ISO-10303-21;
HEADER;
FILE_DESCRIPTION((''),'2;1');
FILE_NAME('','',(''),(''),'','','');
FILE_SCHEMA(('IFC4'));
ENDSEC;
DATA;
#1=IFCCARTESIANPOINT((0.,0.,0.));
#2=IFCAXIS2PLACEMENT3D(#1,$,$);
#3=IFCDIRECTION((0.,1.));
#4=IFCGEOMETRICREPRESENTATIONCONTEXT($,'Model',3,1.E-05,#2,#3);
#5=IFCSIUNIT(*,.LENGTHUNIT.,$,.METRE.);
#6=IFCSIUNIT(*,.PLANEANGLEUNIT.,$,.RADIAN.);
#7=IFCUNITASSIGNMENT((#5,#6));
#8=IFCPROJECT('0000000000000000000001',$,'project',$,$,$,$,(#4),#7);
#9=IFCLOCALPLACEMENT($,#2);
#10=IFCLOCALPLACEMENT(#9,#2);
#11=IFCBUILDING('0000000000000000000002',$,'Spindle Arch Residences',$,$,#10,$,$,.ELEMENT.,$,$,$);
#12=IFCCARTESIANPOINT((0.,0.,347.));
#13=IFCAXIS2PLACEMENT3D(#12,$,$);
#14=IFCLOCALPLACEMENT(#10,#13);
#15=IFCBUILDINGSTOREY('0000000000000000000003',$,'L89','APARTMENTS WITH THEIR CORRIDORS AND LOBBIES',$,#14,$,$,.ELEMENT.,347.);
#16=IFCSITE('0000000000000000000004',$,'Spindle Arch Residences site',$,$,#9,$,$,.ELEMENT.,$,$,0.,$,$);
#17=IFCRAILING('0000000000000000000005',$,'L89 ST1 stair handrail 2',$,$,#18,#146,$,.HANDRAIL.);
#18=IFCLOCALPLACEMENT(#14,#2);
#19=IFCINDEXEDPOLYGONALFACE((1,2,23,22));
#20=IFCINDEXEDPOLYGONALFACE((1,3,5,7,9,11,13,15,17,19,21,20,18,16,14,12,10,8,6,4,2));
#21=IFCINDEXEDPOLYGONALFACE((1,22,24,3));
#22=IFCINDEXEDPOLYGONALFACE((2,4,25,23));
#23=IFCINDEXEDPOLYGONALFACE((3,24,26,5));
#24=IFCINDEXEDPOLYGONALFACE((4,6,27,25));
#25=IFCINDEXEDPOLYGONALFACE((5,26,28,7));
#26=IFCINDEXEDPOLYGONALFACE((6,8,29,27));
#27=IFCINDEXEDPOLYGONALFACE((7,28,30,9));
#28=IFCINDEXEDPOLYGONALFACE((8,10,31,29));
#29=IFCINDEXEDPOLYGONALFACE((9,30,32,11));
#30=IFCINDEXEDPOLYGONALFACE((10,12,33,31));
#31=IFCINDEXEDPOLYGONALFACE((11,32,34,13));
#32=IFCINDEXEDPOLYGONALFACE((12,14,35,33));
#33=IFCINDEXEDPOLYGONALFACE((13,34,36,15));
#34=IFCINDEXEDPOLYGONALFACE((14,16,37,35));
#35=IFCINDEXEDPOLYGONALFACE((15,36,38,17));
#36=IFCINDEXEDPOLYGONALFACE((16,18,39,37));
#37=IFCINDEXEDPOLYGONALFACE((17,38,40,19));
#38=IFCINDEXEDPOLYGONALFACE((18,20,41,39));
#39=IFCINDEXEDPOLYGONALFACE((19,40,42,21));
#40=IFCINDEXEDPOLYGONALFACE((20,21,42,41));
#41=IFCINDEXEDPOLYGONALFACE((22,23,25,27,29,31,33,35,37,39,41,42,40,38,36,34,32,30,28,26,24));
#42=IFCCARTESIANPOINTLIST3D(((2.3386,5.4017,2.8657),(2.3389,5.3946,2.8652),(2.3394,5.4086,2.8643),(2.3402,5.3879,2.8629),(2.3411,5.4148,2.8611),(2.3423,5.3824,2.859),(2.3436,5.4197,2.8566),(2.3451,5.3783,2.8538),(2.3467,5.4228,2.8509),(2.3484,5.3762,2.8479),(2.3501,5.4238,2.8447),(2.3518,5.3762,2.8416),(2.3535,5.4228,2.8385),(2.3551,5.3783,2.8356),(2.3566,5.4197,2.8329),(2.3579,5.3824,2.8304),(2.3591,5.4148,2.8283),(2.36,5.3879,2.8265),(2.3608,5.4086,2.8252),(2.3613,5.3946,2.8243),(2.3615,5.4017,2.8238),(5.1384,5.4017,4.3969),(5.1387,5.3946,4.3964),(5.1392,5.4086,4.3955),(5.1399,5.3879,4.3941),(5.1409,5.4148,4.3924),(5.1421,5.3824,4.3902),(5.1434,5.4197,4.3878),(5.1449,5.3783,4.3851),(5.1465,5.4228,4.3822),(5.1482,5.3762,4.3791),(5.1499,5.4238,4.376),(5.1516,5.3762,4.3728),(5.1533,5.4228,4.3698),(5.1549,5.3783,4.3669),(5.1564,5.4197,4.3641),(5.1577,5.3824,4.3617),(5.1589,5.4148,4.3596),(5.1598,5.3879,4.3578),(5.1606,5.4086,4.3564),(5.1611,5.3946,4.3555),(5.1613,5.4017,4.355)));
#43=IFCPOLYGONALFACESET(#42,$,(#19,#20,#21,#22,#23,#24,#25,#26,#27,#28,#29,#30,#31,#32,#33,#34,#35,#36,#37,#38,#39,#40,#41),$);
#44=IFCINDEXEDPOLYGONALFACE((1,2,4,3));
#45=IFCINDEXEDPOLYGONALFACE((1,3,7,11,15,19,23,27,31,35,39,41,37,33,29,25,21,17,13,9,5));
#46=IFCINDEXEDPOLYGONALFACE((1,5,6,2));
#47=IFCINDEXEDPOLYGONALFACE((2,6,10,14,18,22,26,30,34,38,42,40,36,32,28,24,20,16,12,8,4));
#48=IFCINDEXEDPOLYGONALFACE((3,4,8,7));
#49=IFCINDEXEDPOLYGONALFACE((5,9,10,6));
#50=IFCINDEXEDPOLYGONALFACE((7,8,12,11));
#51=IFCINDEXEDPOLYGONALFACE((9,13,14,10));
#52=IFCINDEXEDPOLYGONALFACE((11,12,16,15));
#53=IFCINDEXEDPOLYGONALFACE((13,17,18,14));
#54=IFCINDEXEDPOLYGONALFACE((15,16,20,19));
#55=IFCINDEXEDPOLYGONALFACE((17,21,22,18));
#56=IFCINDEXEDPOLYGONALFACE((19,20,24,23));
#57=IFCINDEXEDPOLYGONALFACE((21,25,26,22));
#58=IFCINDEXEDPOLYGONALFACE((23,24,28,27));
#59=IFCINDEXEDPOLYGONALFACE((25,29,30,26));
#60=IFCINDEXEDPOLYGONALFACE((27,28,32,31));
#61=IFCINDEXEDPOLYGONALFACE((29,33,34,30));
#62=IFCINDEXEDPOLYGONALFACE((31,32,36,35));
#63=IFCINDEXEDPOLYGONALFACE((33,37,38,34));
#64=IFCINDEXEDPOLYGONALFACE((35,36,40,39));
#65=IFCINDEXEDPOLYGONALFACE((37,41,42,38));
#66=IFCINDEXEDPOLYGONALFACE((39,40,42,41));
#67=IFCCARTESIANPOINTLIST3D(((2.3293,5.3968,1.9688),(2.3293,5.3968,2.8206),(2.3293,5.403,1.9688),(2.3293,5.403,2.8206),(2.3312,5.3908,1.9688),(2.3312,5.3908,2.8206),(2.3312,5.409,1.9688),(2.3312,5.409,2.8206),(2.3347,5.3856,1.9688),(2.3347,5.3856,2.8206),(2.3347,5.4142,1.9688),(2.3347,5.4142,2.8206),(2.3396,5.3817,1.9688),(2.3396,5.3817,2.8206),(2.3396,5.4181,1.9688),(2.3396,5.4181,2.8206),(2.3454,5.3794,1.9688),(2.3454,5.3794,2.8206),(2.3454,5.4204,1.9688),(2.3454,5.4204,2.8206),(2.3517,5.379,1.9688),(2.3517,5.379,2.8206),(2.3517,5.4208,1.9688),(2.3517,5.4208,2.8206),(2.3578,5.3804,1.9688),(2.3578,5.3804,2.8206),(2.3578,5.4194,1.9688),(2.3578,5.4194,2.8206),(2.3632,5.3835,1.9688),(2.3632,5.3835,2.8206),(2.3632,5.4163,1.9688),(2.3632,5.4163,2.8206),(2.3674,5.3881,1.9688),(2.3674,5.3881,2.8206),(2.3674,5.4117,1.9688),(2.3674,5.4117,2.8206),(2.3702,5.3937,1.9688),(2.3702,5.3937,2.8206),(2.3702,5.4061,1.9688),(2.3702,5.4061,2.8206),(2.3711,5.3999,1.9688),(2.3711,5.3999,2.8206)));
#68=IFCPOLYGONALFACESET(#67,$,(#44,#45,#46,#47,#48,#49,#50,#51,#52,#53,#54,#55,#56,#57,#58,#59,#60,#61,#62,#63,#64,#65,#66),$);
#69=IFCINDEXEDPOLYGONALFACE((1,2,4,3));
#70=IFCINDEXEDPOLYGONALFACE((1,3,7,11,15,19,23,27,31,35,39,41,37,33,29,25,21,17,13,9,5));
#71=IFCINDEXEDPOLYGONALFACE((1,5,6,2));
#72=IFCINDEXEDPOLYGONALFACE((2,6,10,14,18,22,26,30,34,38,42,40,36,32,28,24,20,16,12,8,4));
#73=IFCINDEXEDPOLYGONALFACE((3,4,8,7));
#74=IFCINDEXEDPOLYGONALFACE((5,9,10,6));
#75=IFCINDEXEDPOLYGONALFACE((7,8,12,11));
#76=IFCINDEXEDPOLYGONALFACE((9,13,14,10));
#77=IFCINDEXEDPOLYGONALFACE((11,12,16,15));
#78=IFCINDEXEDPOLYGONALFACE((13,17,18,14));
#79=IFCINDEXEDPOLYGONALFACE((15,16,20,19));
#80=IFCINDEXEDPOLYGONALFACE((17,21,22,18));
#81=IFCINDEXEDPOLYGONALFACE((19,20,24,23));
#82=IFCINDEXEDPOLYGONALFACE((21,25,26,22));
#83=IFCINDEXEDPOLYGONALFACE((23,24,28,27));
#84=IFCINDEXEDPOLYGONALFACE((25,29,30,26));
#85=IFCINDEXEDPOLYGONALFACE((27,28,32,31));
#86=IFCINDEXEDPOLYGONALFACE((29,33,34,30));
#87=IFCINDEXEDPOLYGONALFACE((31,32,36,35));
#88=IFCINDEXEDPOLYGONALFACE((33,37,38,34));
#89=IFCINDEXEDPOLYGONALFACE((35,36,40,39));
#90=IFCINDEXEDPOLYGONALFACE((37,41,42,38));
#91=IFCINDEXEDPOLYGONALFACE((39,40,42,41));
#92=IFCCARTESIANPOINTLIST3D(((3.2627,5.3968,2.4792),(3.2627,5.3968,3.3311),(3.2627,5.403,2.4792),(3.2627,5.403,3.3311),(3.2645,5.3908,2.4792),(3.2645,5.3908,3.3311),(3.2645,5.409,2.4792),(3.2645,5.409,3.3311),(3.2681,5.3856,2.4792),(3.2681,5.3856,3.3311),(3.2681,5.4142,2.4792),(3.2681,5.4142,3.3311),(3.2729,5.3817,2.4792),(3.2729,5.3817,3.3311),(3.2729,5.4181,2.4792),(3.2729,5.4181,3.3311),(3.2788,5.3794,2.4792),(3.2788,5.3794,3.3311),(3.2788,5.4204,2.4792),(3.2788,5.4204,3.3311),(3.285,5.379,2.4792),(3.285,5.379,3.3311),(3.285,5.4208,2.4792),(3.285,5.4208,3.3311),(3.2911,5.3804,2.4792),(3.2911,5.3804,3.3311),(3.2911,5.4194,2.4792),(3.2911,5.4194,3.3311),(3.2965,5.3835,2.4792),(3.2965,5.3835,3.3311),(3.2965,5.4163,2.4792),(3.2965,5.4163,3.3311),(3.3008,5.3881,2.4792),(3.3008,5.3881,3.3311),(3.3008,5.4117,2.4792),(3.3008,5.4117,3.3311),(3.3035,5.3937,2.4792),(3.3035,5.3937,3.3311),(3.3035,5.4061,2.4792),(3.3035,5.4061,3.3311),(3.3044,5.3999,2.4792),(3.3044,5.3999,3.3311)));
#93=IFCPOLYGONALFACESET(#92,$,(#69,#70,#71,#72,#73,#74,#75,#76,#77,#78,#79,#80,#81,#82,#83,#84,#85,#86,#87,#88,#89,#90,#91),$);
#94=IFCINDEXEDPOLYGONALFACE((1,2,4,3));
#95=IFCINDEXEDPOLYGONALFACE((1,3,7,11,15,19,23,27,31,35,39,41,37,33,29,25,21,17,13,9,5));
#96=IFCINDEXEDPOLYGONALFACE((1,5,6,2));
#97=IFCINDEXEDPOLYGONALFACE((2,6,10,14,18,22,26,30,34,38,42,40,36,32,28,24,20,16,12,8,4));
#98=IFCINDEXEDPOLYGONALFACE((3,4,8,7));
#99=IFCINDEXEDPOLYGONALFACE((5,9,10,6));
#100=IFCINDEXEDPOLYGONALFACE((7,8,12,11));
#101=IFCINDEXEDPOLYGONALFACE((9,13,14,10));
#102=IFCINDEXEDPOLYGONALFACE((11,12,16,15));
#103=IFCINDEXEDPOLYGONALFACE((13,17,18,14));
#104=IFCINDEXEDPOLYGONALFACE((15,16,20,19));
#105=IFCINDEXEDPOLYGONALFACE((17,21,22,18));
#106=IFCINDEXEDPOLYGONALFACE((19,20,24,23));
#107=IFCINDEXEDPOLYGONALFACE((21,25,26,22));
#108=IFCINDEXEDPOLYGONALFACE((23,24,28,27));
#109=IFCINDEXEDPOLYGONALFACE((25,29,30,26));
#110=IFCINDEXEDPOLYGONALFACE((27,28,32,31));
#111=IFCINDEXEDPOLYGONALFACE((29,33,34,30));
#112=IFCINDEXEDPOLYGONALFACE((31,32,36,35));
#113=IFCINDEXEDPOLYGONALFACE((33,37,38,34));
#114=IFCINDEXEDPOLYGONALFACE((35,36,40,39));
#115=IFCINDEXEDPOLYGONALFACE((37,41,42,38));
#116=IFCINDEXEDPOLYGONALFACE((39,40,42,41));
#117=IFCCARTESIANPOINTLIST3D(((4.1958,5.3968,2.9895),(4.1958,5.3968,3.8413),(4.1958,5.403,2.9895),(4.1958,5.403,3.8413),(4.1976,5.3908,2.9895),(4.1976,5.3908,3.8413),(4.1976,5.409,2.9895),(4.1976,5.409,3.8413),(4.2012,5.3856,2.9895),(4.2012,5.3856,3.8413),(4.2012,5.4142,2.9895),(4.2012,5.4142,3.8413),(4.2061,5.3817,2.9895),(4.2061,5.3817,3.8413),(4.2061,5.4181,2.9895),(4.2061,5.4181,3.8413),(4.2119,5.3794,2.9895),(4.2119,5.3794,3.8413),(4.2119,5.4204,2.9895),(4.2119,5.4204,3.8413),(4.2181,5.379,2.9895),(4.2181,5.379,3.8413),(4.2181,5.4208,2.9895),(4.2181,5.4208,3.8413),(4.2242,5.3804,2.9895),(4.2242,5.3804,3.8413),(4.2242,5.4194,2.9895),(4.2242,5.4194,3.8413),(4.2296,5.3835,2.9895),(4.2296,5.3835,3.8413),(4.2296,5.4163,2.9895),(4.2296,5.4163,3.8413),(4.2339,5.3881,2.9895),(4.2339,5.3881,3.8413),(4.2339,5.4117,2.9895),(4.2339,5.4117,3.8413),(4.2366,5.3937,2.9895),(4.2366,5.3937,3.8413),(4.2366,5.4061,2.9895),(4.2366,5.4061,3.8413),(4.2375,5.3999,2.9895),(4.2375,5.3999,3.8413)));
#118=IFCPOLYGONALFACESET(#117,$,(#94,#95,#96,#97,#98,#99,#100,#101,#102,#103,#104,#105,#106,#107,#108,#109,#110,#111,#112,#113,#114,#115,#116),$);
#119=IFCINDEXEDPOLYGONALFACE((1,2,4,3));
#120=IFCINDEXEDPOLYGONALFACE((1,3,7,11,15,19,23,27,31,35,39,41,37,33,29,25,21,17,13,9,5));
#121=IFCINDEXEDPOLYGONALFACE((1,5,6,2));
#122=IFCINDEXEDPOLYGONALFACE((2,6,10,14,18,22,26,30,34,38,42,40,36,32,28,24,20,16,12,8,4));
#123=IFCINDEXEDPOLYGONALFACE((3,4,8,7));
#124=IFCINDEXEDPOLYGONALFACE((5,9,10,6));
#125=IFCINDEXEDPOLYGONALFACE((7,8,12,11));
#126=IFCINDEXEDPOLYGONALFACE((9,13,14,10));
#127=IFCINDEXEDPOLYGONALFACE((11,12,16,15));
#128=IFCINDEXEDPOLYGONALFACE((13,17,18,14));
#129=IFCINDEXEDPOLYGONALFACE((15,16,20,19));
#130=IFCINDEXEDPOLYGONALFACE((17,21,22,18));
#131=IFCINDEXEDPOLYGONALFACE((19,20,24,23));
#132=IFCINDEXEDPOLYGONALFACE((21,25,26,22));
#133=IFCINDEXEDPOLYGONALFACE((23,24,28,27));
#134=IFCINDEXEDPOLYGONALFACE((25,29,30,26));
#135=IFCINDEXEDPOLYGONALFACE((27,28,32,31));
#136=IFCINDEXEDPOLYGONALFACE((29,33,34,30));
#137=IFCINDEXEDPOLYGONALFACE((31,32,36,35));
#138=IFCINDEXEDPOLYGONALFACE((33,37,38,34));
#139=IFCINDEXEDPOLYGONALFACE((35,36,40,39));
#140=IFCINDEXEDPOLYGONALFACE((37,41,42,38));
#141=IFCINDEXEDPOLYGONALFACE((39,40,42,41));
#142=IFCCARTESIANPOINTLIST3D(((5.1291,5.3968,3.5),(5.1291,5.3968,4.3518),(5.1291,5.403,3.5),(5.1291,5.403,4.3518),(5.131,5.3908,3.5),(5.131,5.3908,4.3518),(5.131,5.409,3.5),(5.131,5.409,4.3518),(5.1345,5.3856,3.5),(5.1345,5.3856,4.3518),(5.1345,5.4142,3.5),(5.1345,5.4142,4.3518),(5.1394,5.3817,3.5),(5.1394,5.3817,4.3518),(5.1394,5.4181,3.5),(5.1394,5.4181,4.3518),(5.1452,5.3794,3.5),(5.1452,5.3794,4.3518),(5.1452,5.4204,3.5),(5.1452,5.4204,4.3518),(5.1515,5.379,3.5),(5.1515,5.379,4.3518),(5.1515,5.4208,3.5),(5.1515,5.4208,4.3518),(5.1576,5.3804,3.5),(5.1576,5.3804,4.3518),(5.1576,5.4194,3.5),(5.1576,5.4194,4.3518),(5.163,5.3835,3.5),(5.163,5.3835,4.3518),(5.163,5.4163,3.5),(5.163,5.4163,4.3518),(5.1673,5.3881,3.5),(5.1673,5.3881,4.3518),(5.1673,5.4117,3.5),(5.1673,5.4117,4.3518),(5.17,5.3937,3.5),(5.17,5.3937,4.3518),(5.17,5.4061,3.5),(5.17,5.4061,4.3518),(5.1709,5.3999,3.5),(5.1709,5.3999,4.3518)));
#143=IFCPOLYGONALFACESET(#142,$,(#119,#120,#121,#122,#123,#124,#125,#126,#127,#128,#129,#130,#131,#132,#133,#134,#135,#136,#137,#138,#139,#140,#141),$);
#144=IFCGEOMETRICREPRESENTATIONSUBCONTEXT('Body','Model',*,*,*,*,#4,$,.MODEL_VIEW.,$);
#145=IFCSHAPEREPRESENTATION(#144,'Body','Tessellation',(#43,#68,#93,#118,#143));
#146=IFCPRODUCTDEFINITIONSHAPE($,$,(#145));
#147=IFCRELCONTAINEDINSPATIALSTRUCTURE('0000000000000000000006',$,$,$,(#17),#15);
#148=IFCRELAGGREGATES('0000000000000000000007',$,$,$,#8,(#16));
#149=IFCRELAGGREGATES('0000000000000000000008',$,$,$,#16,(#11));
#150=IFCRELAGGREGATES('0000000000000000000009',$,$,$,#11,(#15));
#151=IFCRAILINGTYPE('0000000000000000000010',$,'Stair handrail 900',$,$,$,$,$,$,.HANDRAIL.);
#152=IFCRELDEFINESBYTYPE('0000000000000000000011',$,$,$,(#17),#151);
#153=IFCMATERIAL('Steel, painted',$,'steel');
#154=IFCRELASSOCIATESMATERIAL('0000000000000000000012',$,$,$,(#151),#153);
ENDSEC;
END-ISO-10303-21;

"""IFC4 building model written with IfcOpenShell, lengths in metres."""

from ifc_helpers import new_model, si_unit, direction, frame, origin, origin_2d, place, context, subcontext, project, spatial, circle, extrude, material, type_object, element, save


model = new_model("IFC4")

# Units and contexts
model_context = context("Model", 3, precision=1e-05, world=origin(), true_north=direction((0.0, 1.0)))
body_context = subcontext(model_context, "Body", "Model", "MODEL_VIEW")
ifc_project = project(units=[si_unit("LENGTHUNIT", "METRE"), si_unit("PLANEANGLEUNIT", "RADIAN")], contexts=[model_context])

# Site, building, storey
site_placement = place(None, origin())
site = spatial("IfcSite", under=ifc_project, at=site_placement, Name="Spindle Arch Residences site", CompositionType="ELEMENT", RefElevation=0.0)
building_placement = place(site_placement, origin())
building = spatial("IfcBuilding", under=site, at=building_placement, Name="Spindle Arch Residences", CompositionType="ELEMENT")
storey_placement = place(building_placement, frame((0.0, 0.0, 347.0)))
storey = spatial("IfcBuildingStorey", under=building, at=storey_placement, Name="L89", Description="APARTMENTS WITH THEIR CORRIDORS AND LOBBIES", CompositionType="ELEMENT", Elevation=347.0)

# Railing
ifc_material_1 = material(Name="Steel, painted", Category="steel")
railing_type_1 = type_object("IfcRailingType", Name="Stair handrail 900", PredefinedType="HANDRAIL", material=ifc_material_1)
railing_1_placement = place(storey_placement, frame((2.3501, 5.3999, 1.9688)))
element("IfcRailing", 1, at=railing_1_placement, inside=storey, type_object=railing_type_1, Name="L89 ST1 stair handrail 2", PredefinedType="HANDRAIL", context=body_context, shape_type="SweptSolid", body=[
    extrude(circle(Radius=0.0239, at=origin_2d()), frame((0.0, 0.0, 0.876), z_axis=(0.877357, 0.0, 0.479838), x_axis=(0.0, 1.0, 0.0)), (0.0, 0.0, 1.0), 3.1912),
    extrude(circle(Radius=0.021, at=origin_2d()), origin(), (0.0, 0.0, 1.0), 0.8518),
    extrude(circle(Radius=0.021, at=origin_2d()), frame((0.9333, 0.0, 0.5105)), (0.0, 0.0, 1.0), 0.8518),
    extrude(circle(Radius=0.021, at=origin_2d()), frame((1.8665, 0.0, 1.0208)), (0.0, 0.0, 1.0), 0.8518),
    extrude(circle(Radius=0.021, at=origin_2d()), frame((2.7998, 0.0, 1.5312)), (0.0, 0.0, 1.0), 0.8518),
])

save(model, "model.ifc")
